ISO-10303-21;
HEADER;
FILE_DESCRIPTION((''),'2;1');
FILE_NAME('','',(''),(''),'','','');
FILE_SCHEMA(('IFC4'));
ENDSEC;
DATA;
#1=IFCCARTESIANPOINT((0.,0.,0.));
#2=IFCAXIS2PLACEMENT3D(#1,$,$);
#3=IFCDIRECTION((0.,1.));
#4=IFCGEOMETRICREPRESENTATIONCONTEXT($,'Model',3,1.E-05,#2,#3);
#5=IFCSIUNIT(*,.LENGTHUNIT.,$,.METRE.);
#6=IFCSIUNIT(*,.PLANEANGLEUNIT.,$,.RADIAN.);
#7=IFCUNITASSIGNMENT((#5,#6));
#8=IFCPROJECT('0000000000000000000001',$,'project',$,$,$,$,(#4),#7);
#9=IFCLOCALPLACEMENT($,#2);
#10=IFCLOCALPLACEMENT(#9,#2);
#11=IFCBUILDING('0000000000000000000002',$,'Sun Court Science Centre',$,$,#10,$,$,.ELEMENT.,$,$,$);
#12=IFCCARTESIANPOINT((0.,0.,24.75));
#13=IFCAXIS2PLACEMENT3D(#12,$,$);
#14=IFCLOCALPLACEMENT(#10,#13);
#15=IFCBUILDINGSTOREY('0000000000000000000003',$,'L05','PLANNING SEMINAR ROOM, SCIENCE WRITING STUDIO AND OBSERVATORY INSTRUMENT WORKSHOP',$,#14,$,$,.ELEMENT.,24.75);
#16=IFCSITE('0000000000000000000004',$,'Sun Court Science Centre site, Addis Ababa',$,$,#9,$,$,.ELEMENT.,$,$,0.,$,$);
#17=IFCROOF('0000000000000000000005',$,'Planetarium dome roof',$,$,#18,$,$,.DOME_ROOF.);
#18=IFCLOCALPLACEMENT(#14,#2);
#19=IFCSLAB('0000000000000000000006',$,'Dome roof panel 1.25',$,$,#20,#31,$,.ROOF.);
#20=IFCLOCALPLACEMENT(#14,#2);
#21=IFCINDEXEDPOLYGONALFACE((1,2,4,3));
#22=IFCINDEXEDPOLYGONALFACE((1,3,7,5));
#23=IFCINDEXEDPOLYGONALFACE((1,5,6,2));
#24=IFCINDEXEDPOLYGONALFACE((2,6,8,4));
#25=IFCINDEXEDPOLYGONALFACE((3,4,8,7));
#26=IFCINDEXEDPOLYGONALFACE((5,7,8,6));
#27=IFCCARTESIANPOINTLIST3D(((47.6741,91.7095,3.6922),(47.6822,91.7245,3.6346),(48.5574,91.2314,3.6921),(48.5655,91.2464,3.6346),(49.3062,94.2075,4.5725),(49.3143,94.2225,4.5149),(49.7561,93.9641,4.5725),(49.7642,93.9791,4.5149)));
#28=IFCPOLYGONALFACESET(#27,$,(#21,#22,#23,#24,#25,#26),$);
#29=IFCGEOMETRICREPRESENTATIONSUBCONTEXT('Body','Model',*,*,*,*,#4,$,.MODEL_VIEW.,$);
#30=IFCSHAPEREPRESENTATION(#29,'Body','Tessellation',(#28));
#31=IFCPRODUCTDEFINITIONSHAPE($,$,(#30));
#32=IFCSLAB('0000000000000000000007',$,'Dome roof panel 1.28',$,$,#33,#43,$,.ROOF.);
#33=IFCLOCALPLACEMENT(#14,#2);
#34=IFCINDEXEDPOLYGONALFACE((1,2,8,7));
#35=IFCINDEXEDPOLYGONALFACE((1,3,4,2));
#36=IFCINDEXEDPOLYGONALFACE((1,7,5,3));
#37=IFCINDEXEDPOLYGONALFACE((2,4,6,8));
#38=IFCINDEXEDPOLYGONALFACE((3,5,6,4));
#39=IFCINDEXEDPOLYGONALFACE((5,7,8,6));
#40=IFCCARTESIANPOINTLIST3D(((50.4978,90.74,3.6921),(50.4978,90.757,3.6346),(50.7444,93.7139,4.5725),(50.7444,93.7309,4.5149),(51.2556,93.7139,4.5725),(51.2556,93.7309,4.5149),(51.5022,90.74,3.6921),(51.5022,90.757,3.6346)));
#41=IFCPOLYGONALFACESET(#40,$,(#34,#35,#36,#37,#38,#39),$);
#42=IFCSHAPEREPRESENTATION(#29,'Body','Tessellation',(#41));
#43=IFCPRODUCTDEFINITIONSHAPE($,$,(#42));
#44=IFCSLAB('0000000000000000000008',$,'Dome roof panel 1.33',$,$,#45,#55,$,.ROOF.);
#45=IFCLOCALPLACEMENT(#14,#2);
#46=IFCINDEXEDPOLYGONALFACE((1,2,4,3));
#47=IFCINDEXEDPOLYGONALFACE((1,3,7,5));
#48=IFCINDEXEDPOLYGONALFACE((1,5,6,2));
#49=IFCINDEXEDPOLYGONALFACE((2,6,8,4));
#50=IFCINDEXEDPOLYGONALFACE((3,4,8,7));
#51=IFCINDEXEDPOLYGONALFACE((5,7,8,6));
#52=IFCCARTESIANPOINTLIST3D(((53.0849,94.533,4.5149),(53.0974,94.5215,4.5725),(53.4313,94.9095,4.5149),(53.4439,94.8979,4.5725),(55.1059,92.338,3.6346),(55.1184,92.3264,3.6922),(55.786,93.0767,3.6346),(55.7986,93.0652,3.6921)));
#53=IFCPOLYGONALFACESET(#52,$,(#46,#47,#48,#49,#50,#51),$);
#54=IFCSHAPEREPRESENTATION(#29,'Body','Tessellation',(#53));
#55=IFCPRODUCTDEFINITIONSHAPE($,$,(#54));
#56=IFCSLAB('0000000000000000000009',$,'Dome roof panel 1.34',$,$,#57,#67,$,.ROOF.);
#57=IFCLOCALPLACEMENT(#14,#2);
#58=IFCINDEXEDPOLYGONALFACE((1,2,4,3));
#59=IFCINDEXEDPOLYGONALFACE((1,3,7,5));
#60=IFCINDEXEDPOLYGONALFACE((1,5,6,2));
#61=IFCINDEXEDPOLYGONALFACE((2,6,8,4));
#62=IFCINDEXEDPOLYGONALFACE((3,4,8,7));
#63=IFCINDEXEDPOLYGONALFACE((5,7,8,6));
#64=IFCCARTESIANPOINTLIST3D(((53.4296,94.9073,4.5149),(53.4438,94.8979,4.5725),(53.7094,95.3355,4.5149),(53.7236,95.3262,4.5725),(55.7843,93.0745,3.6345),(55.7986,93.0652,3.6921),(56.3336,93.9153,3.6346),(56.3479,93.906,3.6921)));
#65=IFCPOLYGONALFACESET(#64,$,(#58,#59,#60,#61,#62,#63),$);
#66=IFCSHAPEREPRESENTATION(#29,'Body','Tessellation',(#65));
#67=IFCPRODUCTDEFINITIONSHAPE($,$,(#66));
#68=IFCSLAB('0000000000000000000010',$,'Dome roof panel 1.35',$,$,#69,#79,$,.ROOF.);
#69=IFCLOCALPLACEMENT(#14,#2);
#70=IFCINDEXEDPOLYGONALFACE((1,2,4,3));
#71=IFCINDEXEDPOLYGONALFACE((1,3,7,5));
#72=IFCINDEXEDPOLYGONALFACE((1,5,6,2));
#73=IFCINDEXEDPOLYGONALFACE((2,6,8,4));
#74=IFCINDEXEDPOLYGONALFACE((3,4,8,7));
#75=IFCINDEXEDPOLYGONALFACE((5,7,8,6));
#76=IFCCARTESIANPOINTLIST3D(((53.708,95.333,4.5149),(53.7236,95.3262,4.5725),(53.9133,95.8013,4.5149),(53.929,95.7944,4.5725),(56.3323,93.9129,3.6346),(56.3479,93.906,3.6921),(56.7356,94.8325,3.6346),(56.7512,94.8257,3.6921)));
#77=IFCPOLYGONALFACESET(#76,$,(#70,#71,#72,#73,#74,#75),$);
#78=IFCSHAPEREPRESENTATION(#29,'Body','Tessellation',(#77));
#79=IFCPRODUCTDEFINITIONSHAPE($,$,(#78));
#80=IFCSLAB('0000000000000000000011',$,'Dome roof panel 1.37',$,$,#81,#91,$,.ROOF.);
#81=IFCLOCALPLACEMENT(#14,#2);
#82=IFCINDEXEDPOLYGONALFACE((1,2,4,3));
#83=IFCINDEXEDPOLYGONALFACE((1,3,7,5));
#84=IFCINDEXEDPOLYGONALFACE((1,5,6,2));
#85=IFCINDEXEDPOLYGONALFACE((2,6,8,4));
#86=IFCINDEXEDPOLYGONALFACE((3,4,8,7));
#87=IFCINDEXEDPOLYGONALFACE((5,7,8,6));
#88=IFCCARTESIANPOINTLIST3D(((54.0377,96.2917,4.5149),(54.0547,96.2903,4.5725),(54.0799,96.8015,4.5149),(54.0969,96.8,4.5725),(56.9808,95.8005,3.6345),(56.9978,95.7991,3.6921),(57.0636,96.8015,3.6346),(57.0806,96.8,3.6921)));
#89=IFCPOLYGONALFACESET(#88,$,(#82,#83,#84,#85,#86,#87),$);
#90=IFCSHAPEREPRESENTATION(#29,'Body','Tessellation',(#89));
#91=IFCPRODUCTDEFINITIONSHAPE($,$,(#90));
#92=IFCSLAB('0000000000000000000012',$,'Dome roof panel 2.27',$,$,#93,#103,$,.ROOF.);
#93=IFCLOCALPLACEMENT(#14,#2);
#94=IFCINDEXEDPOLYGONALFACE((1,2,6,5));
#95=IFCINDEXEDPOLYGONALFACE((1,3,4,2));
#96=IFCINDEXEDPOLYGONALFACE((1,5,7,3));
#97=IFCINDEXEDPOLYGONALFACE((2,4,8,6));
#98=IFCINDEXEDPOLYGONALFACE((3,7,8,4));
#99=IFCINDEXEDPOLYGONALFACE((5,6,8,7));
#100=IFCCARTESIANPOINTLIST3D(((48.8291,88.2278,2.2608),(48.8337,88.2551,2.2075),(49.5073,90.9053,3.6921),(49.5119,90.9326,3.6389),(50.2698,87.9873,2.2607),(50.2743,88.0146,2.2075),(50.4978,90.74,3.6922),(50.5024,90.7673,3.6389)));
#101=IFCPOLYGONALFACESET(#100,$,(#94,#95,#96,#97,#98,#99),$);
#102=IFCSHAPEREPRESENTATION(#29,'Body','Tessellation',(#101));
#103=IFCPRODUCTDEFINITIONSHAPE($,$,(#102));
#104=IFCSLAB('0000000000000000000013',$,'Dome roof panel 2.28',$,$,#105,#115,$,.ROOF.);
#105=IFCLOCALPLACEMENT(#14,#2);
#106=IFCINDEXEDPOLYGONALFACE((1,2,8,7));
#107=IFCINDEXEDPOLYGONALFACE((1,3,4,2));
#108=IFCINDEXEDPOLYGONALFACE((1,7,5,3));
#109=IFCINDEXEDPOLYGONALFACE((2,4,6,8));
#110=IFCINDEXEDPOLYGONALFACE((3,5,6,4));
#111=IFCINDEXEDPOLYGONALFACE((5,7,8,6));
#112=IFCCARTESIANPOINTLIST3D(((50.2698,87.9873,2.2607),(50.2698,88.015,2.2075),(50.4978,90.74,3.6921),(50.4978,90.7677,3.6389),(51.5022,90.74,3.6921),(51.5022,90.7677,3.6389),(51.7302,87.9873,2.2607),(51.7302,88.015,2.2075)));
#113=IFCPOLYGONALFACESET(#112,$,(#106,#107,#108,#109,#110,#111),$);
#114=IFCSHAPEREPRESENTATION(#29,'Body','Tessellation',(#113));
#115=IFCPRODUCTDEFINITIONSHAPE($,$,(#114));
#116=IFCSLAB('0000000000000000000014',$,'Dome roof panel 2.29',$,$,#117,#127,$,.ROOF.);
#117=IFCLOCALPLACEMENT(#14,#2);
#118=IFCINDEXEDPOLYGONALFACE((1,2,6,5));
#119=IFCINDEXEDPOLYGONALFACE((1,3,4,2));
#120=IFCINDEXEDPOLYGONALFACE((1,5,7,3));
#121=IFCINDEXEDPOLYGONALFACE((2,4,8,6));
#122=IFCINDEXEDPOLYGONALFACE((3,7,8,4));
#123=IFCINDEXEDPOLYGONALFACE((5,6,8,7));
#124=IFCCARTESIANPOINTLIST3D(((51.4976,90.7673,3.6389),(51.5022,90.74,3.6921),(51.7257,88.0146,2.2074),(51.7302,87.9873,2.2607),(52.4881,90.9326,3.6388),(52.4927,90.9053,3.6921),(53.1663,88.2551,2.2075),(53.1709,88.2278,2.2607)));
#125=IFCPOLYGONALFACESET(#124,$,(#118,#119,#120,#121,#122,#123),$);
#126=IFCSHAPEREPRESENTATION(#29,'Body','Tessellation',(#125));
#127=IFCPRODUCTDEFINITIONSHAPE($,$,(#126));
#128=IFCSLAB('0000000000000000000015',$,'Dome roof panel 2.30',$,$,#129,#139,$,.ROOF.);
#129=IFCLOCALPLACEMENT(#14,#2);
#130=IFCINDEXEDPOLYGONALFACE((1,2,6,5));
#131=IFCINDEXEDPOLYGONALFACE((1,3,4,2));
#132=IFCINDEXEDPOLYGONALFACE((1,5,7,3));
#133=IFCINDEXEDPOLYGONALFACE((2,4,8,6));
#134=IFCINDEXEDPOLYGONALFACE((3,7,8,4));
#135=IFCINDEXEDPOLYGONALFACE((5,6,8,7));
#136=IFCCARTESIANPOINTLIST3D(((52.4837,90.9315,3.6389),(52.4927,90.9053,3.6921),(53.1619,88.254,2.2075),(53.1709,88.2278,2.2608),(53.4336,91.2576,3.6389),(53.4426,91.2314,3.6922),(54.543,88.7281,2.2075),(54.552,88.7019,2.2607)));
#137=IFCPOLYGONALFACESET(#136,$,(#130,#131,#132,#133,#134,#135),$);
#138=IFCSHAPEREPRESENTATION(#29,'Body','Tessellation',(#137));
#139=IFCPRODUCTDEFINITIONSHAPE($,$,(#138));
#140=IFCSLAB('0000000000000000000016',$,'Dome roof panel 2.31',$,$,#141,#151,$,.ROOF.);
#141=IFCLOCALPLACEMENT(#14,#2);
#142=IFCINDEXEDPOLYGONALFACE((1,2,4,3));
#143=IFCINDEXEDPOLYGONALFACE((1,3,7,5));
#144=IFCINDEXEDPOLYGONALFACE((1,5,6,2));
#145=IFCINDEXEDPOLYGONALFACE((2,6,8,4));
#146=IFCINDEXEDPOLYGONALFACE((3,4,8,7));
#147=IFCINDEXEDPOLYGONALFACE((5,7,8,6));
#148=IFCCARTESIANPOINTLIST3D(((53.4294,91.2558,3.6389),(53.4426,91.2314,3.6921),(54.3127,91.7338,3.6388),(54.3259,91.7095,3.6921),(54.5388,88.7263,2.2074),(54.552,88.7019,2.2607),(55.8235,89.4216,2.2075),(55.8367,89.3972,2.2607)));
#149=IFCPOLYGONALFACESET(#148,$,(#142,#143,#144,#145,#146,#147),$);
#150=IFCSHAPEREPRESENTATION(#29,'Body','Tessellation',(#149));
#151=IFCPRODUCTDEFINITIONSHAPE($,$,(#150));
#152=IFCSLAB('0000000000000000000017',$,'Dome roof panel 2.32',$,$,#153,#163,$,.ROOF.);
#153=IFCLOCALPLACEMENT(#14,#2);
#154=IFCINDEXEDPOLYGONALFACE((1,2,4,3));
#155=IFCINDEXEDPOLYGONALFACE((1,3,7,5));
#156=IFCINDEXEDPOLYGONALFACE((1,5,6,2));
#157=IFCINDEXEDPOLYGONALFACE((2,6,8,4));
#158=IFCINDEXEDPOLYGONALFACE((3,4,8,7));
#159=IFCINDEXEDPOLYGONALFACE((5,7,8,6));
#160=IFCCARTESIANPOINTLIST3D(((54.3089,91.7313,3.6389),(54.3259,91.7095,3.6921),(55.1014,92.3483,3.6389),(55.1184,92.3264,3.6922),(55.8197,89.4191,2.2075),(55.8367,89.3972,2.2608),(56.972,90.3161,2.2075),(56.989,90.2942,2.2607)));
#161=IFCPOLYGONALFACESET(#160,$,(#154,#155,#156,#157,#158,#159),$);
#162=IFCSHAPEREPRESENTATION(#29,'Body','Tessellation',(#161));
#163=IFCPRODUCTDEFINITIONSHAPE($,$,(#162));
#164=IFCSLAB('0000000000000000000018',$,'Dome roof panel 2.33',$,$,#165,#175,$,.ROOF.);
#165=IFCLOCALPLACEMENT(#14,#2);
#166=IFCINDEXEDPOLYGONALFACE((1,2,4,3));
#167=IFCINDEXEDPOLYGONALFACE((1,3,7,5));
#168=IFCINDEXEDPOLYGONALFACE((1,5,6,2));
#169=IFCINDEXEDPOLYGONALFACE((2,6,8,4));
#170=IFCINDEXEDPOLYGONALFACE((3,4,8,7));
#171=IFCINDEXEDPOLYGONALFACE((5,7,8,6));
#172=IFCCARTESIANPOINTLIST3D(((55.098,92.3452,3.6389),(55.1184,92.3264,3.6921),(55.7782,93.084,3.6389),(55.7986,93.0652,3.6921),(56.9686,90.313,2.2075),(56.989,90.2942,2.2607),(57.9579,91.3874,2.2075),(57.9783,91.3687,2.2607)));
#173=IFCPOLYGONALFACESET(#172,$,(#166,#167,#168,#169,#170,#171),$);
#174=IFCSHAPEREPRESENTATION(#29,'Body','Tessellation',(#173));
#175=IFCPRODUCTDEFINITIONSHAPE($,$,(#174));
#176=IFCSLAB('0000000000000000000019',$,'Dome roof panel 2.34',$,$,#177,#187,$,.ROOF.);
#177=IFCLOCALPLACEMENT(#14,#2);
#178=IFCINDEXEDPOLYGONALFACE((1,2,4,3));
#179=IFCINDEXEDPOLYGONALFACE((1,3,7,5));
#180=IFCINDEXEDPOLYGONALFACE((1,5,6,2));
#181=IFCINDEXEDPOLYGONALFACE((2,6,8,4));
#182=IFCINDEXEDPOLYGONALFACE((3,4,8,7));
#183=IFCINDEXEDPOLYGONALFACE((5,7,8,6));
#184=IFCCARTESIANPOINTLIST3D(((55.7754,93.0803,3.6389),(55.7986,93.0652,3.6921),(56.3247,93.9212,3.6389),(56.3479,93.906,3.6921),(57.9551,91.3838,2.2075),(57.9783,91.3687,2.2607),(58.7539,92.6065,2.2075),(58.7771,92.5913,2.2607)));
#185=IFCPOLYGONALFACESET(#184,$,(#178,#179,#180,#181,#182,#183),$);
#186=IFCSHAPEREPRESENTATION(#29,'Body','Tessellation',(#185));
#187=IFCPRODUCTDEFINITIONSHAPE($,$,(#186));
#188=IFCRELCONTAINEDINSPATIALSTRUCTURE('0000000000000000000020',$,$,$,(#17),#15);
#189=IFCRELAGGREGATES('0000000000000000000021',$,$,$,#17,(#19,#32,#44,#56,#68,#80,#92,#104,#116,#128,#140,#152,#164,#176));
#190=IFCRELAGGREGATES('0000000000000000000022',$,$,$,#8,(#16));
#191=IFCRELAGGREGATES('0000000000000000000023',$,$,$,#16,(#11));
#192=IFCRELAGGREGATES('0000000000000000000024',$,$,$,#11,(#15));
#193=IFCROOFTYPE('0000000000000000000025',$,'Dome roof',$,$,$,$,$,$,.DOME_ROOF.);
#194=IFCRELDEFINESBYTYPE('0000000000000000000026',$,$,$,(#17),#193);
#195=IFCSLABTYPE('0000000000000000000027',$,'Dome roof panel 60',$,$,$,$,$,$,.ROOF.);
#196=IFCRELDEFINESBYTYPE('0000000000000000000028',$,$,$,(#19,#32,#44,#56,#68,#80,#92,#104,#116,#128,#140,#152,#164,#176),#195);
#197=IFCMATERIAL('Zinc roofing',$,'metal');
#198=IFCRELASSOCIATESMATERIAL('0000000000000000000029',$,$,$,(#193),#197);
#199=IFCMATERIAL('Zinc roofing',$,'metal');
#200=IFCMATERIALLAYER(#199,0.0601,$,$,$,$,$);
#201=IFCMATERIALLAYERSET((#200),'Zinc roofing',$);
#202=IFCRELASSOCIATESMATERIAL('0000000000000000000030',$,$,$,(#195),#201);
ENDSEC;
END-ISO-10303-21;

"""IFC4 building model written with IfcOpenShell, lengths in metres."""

from ifc_helpers import new_model, si_unit, direction, frame, origin, place, context, subcontext, project, spatial, polyline, outline, extrude, material, layer, layer_set, type_object, element, aggregate, save


model = new_model("IFC4")

# Units and contexts
model_context = context("Model", 3, precision=1e-05, world=origin(), true_north=direction((0.0, 1.0)))
body_context = subcontext(model_context, "Body", "Model", "MODEL_VIEW")
ifc_project = project(units=[si_unit("LENGTHUNIT", "METRE"), si_unit("PLANEANGLEUNIT", "RADIAN")], contexts=[model_context])

# Site, building, storey
site_placement = place(None, origin())
site = spatial("IfcSite", under=ifc_project, at=site_placement, Name="Sun Court Science Centre site, Addis Ababa", CompositionType="ELEMENT", RefElevation=0.0)
building_placement = place(site_placement, origin())
building = spatial("IfcBuilding", under=site, at=building_placement, Name="Sun Court Science Centre", CompositionType="ELEMENT")
storey_placement = place(building_placement, frame((0.0, 0.0, 24.75)))
storey = spatial("IfcBuildingStorey", under=building, at=storey_placement, Name="L05", Description="PLANNING SEMINAR ROOM, SCIENCE WRITING STUDIO AND OBSERVATORY INSTRUMENT WORKSHOP", CompositionType="ELEMENT", Elevation=24.75)

# Roof, slabs
ifc_material_1 = material(Name="Zinc roofing", Category="metal")
roof_type = type_object("IfcRoofType", Name="Dome roof", PredefinedType="DOME_ROOF", material=ifc_material_1)
roof_placement = place(storey_placement, origin())
roof = element("IfcRoof", 1, at=roof_placement, inside=storey, type_object=roof_type, Name="Planetarium dome roof", PredefinedType="DOME_ROOF")
ifc_material_2 = material(Name="Zinc roofing", Category="metal")
ifc_layer = layer(ifc_material_2, 0.0601)
ifc_layer_set = layer_set([ifc_layer], Name="Zinc roofing")
slab_type = type_object("IfcSlabType", Name="Dome roof panel 60", PredefinedType="ROOF", material=ifc_layer_set)
slab_1_placement = place(storey_placement, frame((49.3062, 94.2075, 4.5725), z_axis=(-0.135093, -0.249658, 0.958864), x_axis=(0.879546, -0.475814, 0.00003)))
slab_1 = element("IfcSlab", 2, at=slab_1_placement, type_object=slab_type, Name="Dome roof panel 1.25", PredefinedType="ROOF", context=body_context, shape_type="SweptSolid", body=[
    extrude(outline(polyline([(0.0, 0.0), (0.5116, 0.0), (0.7574, -3.1015), (-0.2469, -3.1013), (0.0, 0.0)])), origin(), (0.0, 0.0, -1.0), 0.0601),
])
slab_2_placement = place(storey_placement, frame((50.7444, 93.7139, 4.5725), z_axis=(0.0, -0.283858, 0.958866), x_axis=(1.0, 0.0, 0.0)))
slab_2 = element("IfcSlab", 3, at=slab_2_placement, type_object=slab_type, Name="Dome roof panel 1.28", PredefinedType="ROOF", context=body_context, shape_type="SweptSolid", body=[
    extrude(outline(polyline([(0.0, 0.0), (0.5112, 0.0), (0.7578, -3.1015), (-0.2466, -3.1015), (0.0, 0.0)])), origin(), (0.0, 0.0, -1.0), 0.0601),
])
slab_3_placement = place(storey_placement, frame((53.0974, 94.5215, 4.5725), z_axis=(0.208859, -0.192261, 0.958861), x_axis=(0.677159, 0.735837, 0.000044)))
slab_3 = element("IfcSlab", 4, at=slab_3_placement, type_object=slab_type, Name="Dome roof panel 1.33", PredefinedType="ROOF", context=body_context, shape_type="SweptSolid", body=[
    extrude(outline(polyline([(0.0, 0.0), (0.5116, 0.0), (0.7575, -3.1014), (-0.2467, -3.1011), (0.0, 0.0)])), origin(), (0.0, 0.0, -1.0), 0.0601),
])
slab_4_placement = place(storey_placement, frame((53.4438, 94.8979, 4.5725), z_axis=(0.237648, -0.155262, 0.958862), x_axis=(0.546965, 0.837156, -0.000007)))
slab_4 = element("IfcSlab", 5, at=slab_4_placement, type_object=slab_type, Name="Dome roof panel 1.34", PredefinedType="ROOF", context=body_context, shape_type="SweptSolid", body=[
    extrude(outline(polyline([(0.0, 0.0), (0.5115, 0.0), (0.758, -3.1013), (-0.2463, -3.1013), (0.0, 0.0)])), origin(), (0.0, 0.0, -1.0), 0.0601),
])
slab_5_placement = place(storey_placement, frame((53.7236, 95.3262, 4.5725), z_axis=(0.259975, -0.114005, 0.958862), x_axis=(0.401573, 0.915827, 0.00001)))
slab_5 = element("IfcSlab", 6, at=slab_5_placement, type_object=slab_type, Name="Dome roof panel 1.35", PredefinedType="ROOF", context=body_context, shape_type="SweptSolid", body=[
    extrude(outline(polyline([(0.0, 0.0), (0.5113, 0.0), (0.7574, -3.1013), (-0.2468, -3.1013), (0.0, 0.0)])), origin(), (0.0, 0.0, -1.0), 0.0601),
])
slab_6_placement = place(storey_placement, frame((54.0547, 96.2903, 4.5725), z_axis=(0.282921, -0.023409, 0.958858), x_axis=(0.082562, 0.996586, -0.000031)))
slab_6 = element("IfcSlab", 7, at=slab_6_placement, type_object=slab_type, Name="Dome roof panel 1.37", PredefinedType="ROOF", context=body_context, shape_type="SweptSolid", body=[
    extrude(outline(polyline([(0.0, 0.0), (0.5115, 0.0), (0.7579, -3.101), (-0.2465, -3.1012), (0.0, 0.0)])), origin(), (0.0, 0.0, -1.0), 0.0601),
])
slab_7_placement = place(storey_placement, frame((49.5073, 90.9053, 3.6921), z_axis=(-0.075951, -0.455064, 0.887214), x_axis=(0.98636, -0.164602, 0.000012)))
slab_7 = element("IfcSlab", 8, at=slab_7_placement, type_object=slab_type, Name="Dome roof panel 2.27", PredefinedType="ROOF", context=body_context, shape_type="SweptSolid", body=[
    extrude(outline(polyline([(0.0, 0.0), (1.0042, 0.0), (1.2323, -3.1026), (-0.2283, -3.1025), (0.0, 0.0)])), origin(), (0.0, 0.0, -1.0), 0.0601),
])
slab_8_placement = place(storey_placement, frame((50.4978, 90.74, 3.6921), z_axis=(0.0, -0.461353, 0.887217), x_axis=(1.0, 0.0, 0.0)))
slab_8 = element("IfcSlab", 9, at=slab_8_placement, type_object=slab_type, Name="Dome roof panel 2.28", PredefinedType="ROOF", context=body_context, shape_type="SweptSolid", body=[
    extrude(outline(polyline([(0.0, 0.0), (1.0044, 0.0), (1.2324, -3.1026), (-0.228, -3.1026), (0.0, 0.0)])), origin(), (0.0, 0.0, -1.0), 0.0601),
])
slab_9_placement = place(storey_placement, frame((51.5022, 90.74, 3.6921), z_axis=(0.075951, -0.455064, 0.887214), x_axis=(0.98636, 0.164602, -0.000012)))
slab_9 = element("IfcSlab", 10, at=slab_9_placement, type_object=slab_type, Name="Dome roof panel 2.29", PredefinedType="ROOF", context=body_context, shape_type="SweptSolid", body=[
    extrude(outline(polyline([(0.0, 0.0), (1.0042, 0.0), (1.2324, -3.1025), (-0.2282, -3.1026), (0.0, 0.0)])), origin(), (0.0, 0.0, -1.0), 0.0601),
])
slab_10_placement = place(storey_placement, frame((52.4927, 90.9053, 3.6921), z_axis=(0.149809, -0.436355, 0.887215), x_axis=(0.945803, 0.32474, 0.000014)))
slab_10 = element("IfcSlab", 11, at=slab_10_placement, type_object=slab_type, Name="Dome roof panel 2.30", PredefinedType="ROOF", context=body_context, shape_type="SweptSolid", body=[
    extrude(outline(polyline([(0.0, 0.0), (1.0044, 0.0), (1.2322, -3.1026), (-0.228, -3.1026), (0.0, 0.0)])), origin(), (0.0, 0.0, -1.0), 0.0601),
])
slab_11_placement = place(storey_placement, frame((53.4426, 91.2314, 3.6921), z_axis=(0.219596, -0.405746, 0.887213), x_axis=(0.879467, 0.475959, -0.000011)))
slab_11 = element("IfcSlab", 12, at=slab_11_placement, type_object=slab_type, Name="Dome roof panel 2.31", PredefinedType="ROOF", context=body_context, shape_type="SweptSolid", body=[
    extrude(outline(polyline([(0.0, 0.0), (1.0044, 0.0), (1.2325, -3.1025), (-0.2283, -3.1026), (0.0, 0.0)])), origin(), (0.0, 0.0, -1.0), 0.0601),
])
slab_12_placement = place(storey_placement, frame((54.3259, 91.7095, 3.6921), z_axis=(0.283396, -0.364059, 0.887213), x_axis=(0.789082, 0.614287, 0.000016)))
slab_12 = element("IfcSlab", 13, at=slab_12_placement, type_object=slab_type, Name="Dome roof panel 2.32", PredefinedType="ROOF", context=body_context, shape_type="SweptSolid", body=[
    extrude(outline(polyline([(0.0, 0.0), (1.0043, 0.0), (1.232, -3.1026), (-0.2283, -3.1025), (0.0, 0.0)])), origin(), (0.0, 0.0, -1.0), 0.0601),
])
slab_13_placement = place(storey_placement, frame((55.1184, 92.3264, 3.6921), z_axis=(0.339409, -0.312492, 0.887215), x_axis=(0.677331, 0.735678, 0.000002)))
slab_13 = element("IfcSlab", 14, at=slab_13_placement, type_object=slab_type, Name="Dome roof panel 2.33", PredefinedType="ROOF", context=body_context, shape_type="SweptSolid", body=[
    extrude(outline(polyline([(0.0, 0.0), (1.0042, 0.0), (1.2325, -3.1026), (-0.228, -3.1026), (0.0, 0.0)])), origin(), (0.0, 0.0, -1.0), 0.0601),
])
slab_14_placement = place(storey_placement, frame((55.7986, 93.0652, 3.6921), z_axis=(0.386227, -0.252336, 0.887218), x_axis=(0.546938, 0.837173, 0.000008)))
slab_14 = element("IfcSlab", 15, at=slab_14_placement, type_object=slab_type, Name="Dome roof panel 2.34", PredefinedType="ROOF", context=body_context, shape_type="SweptSolid", body=[
    extrude(outline(polyline([(0.0, 0.0), (1.0044, 0.0), (1.2323, -3.1026), (-0.2281, -3.1026), (0.0, 0.0)])), origin(), (0.0, 0.0, -1.0), 0.0601),
])
aggregate(roof, [slab_1, slab_2, slab_3, slab_4, slab_5, slab_6, slab_7, slab_8, slab_9, slab_10, slab_11, slab_12, slab_13, slab_14])

save(model, "model.ifc")
